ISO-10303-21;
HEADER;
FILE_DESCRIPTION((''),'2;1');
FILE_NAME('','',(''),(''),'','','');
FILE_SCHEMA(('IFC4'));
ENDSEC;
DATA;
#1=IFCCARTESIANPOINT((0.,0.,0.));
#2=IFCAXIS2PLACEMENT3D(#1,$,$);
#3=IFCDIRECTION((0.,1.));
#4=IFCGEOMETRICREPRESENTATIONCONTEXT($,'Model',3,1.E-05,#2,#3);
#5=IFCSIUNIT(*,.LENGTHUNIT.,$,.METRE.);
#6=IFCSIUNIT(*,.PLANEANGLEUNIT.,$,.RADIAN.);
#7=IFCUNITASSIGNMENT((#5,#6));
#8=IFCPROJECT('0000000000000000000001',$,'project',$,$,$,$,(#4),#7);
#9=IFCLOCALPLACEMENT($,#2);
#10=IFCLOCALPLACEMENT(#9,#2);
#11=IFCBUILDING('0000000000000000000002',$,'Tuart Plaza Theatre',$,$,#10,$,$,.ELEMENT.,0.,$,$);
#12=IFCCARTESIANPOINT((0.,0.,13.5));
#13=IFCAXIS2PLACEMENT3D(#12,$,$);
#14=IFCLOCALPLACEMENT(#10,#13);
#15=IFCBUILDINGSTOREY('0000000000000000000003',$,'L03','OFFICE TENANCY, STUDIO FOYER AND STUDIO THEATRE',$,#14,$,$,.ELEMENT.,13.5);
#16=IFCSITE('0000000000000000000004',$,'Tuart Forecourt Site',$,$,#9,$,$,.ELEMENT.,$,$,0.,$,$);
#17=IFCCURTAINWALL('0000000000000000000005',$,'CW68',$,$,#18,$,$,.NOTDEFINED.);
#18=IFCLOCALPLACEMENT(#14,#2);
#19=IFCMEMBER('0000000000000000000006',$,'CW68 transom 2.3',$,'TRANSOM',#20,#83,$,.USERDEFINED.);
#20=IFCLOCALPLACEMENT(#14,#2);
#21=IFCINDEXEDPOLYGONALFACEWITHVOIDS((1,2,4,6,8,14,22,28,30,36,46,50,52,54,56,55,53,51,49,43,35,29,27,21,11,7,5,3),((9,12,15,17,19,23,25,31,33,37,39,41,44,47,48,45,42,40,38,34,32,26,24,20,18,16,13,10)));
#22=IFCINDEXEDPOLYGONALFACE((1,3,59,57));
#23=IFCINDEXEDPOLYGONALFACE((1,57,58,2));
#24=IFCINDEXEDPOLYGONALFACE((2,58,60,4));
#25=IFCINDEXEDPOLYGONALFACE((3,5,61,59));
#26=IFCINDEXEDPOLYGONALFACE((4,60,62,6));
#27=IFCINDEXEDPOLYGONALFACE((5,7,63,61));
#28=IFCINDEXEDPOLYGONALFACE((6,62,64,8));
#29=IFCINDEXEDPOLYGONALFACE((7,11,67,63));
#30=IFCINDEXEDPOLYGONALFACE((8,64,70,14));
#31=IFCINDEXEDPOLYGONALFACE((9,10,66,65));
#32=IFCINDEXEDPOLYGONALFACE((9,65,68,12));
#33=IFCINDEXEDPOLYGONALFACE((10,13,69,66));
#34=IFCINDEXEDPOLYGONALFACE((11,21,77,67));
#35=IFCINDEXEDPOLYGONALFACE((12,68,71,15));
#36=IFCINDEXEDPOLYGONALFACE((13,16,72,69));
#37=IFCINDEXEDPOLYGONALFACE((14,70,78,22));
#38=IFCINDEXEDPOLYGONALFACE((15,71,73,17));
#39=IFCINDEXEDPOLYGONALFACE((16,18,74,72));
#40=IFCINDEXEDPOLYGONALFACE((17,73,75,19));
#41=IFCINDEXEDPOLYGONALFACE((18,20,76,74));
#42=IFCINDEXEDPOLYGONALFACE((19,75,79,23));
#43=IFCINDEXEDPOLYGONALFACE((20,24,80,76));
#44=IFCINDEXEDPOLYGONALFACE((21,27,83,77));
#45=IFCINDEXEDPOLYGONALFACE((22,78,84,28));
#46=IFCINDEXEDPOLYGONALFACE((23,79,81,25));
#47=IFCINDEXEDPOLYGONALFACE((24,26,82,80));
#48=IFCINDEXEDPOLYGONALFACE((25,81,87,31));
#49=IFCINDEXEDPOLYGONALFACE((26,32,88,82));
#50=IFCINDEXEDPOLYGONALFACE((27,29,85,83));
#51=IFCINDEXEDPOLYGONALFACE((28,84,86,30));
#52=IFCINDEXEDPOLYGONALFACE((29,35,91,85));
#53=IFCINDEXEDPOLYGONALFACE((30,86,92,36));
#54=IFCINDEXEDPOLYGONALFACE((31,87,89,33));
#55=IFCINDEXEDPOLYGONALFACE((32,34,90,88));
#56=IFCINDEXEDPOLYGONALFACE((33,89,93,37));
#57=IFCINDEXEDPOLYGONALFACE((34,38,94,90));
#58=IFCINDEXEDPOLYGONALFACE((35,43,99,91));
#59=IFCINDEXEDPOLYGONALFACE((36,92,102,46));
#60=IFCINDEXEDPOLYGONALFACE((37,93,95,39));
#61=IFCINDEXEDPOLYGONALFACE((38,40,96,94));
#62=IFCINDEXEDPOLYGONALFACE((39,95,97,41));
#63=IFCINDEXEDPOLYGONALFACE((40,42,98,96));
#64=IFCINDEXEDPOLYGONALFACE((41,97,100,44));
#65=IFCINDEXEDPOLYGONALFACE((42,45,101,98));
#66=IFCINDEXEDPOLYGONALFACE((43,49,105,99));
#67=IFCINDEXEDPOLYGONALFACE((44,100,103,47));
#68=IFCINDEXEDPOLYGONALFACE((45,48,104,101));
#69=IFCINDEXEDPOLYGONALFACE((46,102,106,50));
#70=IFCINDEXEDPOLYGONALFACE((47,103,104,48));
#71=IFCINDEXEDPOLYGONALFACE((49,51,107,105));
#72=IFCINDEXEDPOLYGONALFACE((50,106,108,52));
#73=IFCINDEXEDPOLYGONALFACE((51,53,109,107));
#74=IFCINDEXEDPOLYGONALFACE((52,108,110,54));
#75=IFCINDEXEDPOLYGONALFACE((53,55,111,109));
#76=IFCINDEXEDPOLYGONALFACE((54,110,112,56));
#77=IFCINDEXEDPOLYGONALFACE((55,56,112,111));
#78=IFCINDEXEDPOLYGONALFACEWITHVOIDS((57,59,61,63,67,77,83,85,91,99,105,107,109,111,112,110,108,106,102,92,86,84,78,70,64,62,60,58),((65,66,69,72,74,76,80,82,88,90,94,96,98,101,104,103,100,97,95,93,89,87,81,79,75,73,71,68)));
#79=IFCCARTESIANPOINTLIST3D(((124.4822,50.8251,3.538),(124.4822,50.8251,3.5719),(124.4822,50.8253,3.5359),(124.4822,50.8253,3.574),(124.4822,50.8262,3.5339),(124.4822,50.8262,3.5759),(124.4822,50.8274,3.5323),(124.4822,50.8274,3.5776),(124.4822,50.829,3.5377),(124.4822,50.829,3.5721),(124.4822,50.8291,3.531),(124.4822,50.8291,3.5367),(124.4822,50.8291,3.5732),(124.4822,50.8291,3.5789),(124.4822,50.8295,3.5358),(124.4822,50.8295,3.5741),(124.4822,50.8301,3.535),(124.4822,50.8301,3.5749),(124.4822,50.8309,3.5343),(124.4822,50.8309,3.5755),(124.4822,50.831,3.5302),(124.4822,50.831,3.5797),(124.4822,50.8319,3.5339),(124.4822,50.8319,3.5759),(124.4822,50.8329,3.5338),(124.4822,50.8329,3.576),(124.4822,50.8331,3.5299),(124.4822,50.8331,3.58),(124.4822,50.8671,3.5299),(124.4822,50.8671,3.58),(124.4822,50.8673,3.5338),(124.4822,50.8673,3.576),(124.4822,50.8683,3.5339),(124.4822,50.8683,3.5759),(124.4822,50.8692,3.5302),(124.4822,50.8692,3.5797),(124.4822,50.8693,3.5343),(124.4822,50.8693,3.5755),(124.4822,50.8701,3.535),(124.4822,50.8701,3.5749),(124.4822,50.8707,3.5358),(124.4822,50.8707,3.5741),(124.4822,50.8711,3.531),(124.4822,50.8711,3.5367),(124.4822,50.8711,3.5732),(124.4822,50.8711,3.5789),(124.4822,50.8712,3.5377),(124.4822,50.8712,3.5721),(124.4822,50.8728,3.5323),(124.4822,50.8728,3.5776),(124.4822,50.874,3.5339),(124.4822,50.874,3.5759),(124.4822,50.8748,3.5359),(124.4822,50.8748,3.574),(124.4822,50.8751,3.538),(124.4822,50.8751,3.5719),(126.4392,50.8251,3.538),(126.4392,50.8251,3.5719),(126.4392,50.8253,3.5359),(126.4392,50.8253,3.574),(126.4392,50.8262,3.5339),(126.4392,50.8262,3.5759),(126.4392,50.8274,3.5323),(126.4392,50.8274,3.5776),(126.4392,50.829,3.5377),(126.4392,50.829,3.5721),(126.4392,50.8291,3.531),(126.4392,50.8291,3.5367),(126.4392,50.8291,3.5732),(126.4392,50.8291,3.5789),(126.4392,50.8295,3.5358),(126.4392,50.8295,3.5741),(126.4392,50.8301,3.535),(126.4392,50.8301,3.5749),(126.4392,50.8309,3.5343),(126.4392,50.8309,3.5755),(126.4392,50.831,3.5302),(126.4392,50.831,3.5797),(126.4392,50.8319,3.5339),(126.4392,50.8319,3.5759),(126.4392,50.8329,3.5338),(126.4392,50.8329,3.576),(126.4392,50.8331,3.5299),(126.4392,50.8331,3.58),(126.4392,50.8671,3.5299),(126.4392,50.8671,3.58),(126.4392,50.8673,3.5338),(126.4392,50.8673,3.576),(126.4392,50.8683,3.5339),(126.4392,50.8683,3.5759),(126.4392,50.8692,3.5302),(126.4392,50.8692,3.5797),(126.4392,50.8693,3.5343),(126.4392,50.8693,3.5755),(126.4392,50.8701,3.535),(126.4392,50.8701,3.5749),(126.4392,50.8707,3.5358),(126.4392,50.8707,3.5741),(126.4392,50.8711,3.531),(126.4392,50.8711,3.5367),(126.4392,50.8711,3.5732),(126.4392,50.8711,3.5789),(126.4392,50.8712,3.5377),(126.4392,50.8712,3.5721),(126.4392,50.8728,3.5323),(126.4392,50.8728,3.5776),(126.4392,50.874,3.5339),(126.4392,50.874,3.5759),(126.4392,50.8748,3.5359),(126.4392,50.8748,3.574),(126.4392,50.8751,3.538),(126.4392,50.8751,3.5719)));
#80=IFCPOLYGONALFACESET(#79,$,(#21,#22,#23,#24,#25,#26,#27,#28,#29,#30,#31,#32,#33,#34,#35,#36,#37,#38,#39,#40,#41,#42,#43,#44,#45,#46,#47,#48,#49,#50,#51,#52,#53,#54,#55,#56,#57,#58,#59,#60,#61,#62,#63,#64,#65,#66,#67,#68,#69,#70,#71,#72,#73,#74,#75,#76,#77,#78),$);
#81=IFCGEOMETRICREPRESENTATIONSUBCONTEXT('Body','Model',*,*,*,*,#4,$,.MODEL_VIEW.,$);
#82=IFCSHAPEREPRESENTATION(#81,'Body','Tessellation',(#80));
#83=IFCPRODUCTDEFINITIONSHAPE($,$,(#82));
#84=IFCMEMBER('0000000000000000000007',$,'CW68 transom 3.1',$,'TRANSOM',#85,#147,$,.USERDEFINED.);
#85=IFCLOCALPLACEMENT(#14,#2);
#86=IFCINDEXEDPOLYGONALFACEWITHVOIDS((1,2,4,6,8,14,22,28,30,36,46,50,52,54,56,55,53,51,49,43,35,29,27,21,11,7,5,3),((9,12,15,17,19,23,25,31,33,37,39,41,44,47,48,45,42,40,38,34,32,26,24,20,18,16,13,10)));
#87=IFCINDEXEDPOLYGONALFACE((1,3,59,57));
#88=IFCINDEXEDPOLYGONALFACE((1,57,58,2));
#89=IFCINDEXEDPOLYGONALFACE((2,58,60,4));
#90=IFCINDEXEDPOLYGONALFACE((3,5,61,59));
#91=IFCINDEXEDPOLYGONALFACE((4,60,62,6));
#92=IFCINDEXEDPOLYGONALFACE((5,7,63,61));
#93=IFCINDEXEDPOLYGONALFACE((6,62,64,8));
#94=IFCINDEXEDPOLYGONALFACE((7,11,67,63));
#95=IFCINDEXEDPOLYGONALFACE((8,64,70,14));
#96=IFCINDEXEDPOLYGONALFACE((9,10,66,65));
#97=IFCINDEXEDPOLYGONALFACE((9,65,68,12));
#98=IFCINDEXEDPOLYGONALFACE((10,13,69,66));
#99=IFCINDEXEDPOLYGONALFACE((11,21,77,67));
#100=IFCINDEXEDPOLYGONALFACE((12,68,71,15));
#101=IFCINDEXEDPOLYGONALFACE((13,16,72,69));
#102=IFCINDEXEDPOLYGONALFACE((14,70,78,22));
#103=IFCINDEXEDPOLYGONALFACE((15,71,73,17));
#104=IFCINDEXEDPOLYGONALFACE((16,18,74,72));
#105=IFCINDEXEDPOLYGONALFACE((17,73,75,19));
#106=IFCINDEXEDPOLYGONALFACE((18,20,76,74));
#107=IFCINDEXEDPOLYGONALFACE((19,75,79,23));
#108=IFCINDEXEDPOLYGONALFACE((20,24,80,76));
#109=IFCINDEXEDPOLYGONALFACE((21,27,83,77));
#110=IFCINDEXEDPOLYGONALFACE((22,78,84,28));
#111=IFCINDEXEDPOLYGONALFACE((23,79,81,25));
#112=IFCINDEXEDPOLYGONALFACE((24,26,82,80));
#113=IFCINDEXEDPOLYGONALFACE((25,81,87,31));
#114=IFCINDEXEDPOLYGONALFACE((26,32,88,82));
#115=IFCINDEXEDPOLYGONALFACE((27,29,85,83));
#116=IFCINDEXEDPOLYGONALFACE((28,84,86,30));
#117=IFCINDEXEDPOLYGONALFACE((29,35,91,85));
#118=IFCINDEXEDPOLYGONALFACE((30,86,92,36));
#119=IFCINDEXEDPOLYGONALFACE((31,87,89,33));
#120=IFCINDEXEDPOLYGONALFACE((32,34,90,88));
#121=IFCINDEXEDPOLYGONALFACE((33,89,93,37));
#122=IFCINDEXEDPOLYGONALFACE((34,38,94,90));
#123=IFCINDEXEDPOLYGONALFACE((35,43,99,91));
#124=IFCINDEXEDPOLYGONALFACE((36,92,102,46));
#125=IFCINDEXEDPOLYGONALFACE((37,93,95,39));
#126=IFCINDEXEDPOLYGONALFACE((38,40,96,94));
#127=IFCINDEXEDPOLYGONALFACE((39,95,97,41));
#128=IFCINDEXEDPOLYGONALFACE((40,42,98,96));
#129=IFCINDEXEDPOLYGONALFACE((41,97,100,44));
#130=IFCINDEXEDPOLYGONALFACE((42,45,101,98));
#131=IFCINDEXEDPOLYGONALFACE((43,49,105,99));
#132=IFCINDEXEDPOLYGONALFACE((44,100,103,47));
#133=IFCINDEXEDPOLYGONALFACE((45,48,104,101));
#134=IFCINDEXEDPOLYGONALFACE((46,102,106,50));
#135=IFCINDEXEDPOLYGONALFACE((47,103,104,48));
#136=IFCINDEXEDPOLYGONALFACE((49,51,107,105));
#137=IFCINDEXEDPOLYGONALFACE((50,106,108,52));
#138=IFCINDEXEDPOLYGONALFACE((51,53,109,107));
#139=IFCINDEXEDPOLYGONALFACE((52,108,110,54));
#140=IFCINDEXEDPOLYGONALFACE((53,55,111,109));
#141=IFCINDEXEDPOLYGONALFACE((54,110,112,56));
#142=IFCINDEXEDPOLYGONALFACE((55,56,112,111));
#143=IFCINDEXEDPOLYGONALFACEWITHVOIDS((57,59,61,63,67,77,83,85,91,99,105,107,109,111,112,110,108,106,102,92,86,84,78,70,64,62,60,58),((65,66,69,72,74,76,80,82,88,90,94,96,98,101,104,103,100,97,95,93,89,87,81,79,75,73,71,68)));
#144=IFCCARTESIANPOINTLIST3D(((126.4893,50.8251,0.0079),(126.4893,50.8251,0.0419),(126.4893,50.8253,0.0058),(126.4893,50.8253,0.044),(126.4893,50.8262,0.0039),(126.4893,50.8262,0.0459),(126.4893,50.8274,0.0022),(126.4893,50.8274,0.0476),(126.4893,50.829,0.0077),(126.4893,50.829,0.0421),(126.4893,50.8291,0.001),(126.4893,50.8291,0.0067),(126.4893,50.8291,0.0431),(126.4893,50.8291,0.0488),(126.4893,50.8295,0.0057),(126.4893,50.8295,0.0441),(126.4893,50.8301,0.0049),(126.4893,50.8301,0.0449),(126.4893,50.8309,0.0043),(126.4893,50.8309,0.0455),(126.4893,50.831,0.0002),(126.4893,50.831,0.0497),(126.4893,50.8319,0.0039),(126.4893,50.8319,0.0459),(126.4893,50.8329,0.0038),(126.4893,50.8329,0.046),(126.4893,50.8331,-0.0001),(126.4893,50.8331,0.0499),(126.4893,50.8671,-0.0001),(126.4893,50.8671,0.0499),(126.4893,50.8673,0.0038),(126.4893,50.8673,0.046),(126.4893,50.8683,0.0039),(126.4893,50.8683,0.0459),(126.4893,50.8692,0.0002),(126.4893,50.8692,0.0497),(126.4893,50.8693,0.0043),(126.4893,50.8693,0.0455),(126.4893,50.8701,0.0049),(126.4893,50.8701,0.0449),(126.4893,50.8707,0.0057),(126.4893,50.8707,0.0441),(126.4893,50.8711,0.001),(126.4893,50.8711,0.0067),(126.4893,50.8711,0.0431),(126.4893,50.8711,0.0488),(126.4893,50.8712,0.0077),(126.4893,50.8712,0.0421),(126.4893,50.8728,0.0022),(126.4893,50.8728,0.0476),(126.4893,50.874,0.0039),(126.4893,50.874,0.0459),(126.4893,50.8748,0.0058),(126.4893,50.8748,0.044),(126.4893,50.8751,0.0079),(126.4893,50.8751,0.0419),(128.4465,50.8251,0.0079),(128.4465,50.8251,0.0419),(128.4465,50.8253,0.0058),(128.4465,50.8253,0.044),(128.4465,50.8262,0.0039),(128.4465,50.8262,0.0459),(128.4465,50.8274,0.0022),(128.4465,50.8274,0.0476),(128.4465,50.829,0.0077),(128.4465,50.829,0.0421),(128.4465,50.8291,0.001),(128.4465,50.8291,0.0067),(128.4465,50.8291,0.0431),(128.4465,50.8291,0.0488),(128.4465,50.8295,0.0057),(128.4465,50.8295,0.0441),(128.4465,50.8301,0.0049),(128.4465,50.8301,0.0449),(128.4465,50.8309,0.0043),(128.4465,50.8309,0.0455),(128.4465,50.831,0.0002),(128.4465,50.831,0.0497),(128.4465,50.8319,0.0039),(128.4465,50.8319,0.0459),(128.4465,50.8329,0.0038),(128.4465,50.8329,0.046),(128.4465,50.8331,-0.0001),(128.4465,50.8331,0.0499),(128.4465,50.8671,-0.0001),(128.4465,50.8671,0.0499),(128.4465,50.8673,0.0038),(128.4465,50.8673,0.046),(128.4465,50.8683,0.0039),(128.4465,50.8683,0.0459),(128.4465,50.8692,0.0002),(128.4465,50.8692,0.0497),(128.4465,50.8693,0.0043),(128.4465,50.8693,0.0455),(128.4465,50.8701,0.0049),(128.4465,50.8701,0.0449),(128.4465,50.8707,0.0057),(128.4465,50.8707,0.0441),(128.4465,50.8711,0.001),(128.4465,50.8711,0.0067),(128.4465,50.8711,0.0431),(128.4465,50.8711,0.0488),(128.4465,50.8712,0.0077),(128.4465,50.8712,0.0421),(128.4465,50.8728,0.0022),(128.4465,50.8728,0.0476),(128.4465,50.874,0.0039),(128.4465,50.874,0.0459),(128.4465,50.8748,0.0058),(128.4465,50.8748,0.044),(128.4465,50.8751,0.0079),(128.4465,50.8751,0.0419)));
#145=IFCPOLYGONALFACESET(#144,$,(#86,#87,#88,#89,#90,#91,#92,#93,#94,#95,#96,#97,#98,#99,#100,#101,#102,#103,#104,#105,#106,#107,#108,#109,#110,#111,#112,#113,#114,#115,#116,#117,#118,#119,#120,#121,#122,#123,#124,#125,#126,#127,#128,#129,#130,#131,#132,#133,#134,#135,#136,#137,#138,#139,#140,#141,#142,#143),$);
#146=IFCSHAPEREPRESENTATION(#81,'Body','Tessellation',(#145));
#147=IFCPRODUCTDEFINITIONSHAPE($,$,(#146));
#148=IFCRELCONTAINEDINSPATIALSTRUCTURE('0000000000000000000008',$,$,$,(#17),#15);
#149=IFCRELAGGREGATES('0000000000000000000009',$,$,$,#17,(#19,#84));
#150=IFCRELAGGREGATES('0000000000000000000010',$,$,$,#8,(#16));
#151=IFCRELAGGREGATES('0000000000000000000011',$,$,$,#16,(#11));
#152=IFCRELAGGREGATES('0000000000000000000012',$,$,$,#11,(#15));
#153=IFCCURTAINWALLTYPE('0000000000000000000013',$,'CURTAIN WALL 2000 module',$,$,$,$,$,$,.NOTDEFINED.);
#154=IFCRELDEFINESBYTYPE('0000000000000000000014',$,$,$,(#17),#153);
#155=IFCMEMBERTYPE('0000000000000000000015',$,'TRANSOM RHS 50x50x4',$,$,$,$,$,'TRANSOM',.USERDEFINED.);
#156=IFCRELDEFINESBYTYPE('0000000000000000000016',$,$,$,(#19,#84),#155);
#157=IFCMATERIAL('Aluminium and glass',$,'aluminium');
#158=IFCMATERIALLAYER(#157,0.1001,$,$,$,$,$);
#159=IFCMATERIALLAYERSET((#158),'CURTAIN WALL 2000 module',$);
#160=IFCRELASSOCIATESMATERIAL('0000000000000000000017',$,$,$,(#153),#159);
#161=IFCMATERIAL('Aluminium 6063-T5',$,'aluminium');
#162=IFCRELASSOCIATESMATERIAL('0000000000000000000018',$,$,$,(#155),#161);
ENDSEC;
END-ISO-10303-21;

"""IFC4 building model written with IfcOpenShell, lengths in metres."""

from ifc_helpers import new_model, si_unit, direction, frame, origin, origin_2d, place, context, subcontext, project, spatial, hollow_rectangle, extrude, material, layer, layer_set, material_profile, profile_set, type_object, element, aggregate, save


model = new_model("IFC4")

# Units and contexts
model_context = context("Model", 3, precision=1e-05, world=origin(), true_north=direction((0.0, 1.0)))
body_context = subcontext(model_context, "Body", "Model", "MODEL_VIEW")
ifc_project = project(units=[si_unit("LENGTHUNIT", "METRE"), si_unit("PLANEANGLEUNIT", "RADIAN")], contexts=[model_context])

# Site, building, storey
site_placement = place(None, origin())
site = spatial("IfcSite", under=ifc_project, at=site_placement, Name="Tuart Forecourt Site", CompositionType="ELEMENT", RefElevation=0.0)
building_placement = place(site_placement, origin())
building = spatial("IfcBuilding", under=site, at=building_placement, Name="Tuart Plaza Theatre", CompositionType="ELEMENT", ElevationOfRefHeight=0.0)
storey_placement = place(building_placement, frame((0.0, 0.0, 13.5)))
storey = spatial("IfcBuildingStorey", under=building, at=storey_placement, Name="L03", Description="OFFICE TENANCY, STUDIO FOYER AND STUDIO THEATRE", CompositionType="ELEMENT", Elevation=13.5)

# Curtain wall, members
ifc_material_1 = material(Name="Aluminium and glass", Category="aluminium")
ifc_layer_1 = layer(ifc_material_1, 0.1001)
ifc_layer_set_1 = layer_set([ifc_layer_1], Name="CURTAIN WALL 2000 module")
curtain_wall_type = type_object("IfcCurtainWallType", Name="CURTAIN WALL 2000 module", PredefinedType="NOTDEFINED", material=ifc_layer_set_1)
curtain_wall_placement = place(storey_placement, origin())
curtain_wall = element("IfcCurtainWall", 1, at=curtain_wall_placement, inside=storey, type_object=curtain_wall_type, Name="CW68", PredefinedType="NOTDEFINED")
ifc_material_2 = material(Name="Aluminium 6063-T5", Category="aluminium")
ifc_material_profile_1 = material_profile(ifc_material_2, hollow_rectangle(XDim=0.05, YDim=0.05, WallThickness=0.0039, InnerFilletRadius=0.0039, OuterFilletRadius=0.0081, at=origin_2d()), Name="RHS 50x50x4")
ifc_profile_set_1 = profile_set([ifc_material_profile_1], Name="Aluminium 6063-T5")
member_type_1 = type_object("IfcMemberType", Name="TRANSOM RHS 50x50x4", ElementType="TRANSOM", PredefinedType="USERDEFINED", material=ifc_profile_set_1)
member_1_placement = place(storey_placement, frame((124.4822, 50.8501, 3.5549), z_axis=(1.0, 0.0, 0.0), x_axis=(0.0, 1.0, 0.0)))
member_1 = element("IfcMember", 2, at=member_1_placement, type_object=member_type_1, Name="CW68 transom 2.3", ObjectType="TRANSOM", PredefinedType="USERDEFINED", context=body_context, shape_type="SweptSolid", body=[
    extrude(hollow_rectangle(XDim=0.05, YDim=0.05, WallThickness=0.0039, InnerFilletRadius=0.0039, OuterFilletRadius=0.0081, at=origin_2d()), origin(), (0.0, 0.0, 1.0), 1.957),
])
member_2_placement = place(storey_placement, frame((126.4893, 50.8501, 0.0249), z_axis=(1.0, 0.0, 0.0), x_axis=(0.0, 1.0, 0.0)))
member_2 = element("IfcMember", 3, at=member_2_placement, type_object=member_type_1, Name="CW68 transom 3.1", ObjectType="TRANSOM", PredefinedType="USERDEFINED", context=body_context, shape_type="SweptSolid", body=[
    extrude(hollow_rectangle(XDim=0.05, YDim=0.05, WallThickness=0.0039, InnerFilletRadius=0.0039, OuterFilletRadius=0.0081, at=origin_2d()), origin(), (0.0, 0.0, 1.0), 1.9573),
])
aggregate(curtain_wall, [member_1, member_2])

save(model, "model.ifc")
